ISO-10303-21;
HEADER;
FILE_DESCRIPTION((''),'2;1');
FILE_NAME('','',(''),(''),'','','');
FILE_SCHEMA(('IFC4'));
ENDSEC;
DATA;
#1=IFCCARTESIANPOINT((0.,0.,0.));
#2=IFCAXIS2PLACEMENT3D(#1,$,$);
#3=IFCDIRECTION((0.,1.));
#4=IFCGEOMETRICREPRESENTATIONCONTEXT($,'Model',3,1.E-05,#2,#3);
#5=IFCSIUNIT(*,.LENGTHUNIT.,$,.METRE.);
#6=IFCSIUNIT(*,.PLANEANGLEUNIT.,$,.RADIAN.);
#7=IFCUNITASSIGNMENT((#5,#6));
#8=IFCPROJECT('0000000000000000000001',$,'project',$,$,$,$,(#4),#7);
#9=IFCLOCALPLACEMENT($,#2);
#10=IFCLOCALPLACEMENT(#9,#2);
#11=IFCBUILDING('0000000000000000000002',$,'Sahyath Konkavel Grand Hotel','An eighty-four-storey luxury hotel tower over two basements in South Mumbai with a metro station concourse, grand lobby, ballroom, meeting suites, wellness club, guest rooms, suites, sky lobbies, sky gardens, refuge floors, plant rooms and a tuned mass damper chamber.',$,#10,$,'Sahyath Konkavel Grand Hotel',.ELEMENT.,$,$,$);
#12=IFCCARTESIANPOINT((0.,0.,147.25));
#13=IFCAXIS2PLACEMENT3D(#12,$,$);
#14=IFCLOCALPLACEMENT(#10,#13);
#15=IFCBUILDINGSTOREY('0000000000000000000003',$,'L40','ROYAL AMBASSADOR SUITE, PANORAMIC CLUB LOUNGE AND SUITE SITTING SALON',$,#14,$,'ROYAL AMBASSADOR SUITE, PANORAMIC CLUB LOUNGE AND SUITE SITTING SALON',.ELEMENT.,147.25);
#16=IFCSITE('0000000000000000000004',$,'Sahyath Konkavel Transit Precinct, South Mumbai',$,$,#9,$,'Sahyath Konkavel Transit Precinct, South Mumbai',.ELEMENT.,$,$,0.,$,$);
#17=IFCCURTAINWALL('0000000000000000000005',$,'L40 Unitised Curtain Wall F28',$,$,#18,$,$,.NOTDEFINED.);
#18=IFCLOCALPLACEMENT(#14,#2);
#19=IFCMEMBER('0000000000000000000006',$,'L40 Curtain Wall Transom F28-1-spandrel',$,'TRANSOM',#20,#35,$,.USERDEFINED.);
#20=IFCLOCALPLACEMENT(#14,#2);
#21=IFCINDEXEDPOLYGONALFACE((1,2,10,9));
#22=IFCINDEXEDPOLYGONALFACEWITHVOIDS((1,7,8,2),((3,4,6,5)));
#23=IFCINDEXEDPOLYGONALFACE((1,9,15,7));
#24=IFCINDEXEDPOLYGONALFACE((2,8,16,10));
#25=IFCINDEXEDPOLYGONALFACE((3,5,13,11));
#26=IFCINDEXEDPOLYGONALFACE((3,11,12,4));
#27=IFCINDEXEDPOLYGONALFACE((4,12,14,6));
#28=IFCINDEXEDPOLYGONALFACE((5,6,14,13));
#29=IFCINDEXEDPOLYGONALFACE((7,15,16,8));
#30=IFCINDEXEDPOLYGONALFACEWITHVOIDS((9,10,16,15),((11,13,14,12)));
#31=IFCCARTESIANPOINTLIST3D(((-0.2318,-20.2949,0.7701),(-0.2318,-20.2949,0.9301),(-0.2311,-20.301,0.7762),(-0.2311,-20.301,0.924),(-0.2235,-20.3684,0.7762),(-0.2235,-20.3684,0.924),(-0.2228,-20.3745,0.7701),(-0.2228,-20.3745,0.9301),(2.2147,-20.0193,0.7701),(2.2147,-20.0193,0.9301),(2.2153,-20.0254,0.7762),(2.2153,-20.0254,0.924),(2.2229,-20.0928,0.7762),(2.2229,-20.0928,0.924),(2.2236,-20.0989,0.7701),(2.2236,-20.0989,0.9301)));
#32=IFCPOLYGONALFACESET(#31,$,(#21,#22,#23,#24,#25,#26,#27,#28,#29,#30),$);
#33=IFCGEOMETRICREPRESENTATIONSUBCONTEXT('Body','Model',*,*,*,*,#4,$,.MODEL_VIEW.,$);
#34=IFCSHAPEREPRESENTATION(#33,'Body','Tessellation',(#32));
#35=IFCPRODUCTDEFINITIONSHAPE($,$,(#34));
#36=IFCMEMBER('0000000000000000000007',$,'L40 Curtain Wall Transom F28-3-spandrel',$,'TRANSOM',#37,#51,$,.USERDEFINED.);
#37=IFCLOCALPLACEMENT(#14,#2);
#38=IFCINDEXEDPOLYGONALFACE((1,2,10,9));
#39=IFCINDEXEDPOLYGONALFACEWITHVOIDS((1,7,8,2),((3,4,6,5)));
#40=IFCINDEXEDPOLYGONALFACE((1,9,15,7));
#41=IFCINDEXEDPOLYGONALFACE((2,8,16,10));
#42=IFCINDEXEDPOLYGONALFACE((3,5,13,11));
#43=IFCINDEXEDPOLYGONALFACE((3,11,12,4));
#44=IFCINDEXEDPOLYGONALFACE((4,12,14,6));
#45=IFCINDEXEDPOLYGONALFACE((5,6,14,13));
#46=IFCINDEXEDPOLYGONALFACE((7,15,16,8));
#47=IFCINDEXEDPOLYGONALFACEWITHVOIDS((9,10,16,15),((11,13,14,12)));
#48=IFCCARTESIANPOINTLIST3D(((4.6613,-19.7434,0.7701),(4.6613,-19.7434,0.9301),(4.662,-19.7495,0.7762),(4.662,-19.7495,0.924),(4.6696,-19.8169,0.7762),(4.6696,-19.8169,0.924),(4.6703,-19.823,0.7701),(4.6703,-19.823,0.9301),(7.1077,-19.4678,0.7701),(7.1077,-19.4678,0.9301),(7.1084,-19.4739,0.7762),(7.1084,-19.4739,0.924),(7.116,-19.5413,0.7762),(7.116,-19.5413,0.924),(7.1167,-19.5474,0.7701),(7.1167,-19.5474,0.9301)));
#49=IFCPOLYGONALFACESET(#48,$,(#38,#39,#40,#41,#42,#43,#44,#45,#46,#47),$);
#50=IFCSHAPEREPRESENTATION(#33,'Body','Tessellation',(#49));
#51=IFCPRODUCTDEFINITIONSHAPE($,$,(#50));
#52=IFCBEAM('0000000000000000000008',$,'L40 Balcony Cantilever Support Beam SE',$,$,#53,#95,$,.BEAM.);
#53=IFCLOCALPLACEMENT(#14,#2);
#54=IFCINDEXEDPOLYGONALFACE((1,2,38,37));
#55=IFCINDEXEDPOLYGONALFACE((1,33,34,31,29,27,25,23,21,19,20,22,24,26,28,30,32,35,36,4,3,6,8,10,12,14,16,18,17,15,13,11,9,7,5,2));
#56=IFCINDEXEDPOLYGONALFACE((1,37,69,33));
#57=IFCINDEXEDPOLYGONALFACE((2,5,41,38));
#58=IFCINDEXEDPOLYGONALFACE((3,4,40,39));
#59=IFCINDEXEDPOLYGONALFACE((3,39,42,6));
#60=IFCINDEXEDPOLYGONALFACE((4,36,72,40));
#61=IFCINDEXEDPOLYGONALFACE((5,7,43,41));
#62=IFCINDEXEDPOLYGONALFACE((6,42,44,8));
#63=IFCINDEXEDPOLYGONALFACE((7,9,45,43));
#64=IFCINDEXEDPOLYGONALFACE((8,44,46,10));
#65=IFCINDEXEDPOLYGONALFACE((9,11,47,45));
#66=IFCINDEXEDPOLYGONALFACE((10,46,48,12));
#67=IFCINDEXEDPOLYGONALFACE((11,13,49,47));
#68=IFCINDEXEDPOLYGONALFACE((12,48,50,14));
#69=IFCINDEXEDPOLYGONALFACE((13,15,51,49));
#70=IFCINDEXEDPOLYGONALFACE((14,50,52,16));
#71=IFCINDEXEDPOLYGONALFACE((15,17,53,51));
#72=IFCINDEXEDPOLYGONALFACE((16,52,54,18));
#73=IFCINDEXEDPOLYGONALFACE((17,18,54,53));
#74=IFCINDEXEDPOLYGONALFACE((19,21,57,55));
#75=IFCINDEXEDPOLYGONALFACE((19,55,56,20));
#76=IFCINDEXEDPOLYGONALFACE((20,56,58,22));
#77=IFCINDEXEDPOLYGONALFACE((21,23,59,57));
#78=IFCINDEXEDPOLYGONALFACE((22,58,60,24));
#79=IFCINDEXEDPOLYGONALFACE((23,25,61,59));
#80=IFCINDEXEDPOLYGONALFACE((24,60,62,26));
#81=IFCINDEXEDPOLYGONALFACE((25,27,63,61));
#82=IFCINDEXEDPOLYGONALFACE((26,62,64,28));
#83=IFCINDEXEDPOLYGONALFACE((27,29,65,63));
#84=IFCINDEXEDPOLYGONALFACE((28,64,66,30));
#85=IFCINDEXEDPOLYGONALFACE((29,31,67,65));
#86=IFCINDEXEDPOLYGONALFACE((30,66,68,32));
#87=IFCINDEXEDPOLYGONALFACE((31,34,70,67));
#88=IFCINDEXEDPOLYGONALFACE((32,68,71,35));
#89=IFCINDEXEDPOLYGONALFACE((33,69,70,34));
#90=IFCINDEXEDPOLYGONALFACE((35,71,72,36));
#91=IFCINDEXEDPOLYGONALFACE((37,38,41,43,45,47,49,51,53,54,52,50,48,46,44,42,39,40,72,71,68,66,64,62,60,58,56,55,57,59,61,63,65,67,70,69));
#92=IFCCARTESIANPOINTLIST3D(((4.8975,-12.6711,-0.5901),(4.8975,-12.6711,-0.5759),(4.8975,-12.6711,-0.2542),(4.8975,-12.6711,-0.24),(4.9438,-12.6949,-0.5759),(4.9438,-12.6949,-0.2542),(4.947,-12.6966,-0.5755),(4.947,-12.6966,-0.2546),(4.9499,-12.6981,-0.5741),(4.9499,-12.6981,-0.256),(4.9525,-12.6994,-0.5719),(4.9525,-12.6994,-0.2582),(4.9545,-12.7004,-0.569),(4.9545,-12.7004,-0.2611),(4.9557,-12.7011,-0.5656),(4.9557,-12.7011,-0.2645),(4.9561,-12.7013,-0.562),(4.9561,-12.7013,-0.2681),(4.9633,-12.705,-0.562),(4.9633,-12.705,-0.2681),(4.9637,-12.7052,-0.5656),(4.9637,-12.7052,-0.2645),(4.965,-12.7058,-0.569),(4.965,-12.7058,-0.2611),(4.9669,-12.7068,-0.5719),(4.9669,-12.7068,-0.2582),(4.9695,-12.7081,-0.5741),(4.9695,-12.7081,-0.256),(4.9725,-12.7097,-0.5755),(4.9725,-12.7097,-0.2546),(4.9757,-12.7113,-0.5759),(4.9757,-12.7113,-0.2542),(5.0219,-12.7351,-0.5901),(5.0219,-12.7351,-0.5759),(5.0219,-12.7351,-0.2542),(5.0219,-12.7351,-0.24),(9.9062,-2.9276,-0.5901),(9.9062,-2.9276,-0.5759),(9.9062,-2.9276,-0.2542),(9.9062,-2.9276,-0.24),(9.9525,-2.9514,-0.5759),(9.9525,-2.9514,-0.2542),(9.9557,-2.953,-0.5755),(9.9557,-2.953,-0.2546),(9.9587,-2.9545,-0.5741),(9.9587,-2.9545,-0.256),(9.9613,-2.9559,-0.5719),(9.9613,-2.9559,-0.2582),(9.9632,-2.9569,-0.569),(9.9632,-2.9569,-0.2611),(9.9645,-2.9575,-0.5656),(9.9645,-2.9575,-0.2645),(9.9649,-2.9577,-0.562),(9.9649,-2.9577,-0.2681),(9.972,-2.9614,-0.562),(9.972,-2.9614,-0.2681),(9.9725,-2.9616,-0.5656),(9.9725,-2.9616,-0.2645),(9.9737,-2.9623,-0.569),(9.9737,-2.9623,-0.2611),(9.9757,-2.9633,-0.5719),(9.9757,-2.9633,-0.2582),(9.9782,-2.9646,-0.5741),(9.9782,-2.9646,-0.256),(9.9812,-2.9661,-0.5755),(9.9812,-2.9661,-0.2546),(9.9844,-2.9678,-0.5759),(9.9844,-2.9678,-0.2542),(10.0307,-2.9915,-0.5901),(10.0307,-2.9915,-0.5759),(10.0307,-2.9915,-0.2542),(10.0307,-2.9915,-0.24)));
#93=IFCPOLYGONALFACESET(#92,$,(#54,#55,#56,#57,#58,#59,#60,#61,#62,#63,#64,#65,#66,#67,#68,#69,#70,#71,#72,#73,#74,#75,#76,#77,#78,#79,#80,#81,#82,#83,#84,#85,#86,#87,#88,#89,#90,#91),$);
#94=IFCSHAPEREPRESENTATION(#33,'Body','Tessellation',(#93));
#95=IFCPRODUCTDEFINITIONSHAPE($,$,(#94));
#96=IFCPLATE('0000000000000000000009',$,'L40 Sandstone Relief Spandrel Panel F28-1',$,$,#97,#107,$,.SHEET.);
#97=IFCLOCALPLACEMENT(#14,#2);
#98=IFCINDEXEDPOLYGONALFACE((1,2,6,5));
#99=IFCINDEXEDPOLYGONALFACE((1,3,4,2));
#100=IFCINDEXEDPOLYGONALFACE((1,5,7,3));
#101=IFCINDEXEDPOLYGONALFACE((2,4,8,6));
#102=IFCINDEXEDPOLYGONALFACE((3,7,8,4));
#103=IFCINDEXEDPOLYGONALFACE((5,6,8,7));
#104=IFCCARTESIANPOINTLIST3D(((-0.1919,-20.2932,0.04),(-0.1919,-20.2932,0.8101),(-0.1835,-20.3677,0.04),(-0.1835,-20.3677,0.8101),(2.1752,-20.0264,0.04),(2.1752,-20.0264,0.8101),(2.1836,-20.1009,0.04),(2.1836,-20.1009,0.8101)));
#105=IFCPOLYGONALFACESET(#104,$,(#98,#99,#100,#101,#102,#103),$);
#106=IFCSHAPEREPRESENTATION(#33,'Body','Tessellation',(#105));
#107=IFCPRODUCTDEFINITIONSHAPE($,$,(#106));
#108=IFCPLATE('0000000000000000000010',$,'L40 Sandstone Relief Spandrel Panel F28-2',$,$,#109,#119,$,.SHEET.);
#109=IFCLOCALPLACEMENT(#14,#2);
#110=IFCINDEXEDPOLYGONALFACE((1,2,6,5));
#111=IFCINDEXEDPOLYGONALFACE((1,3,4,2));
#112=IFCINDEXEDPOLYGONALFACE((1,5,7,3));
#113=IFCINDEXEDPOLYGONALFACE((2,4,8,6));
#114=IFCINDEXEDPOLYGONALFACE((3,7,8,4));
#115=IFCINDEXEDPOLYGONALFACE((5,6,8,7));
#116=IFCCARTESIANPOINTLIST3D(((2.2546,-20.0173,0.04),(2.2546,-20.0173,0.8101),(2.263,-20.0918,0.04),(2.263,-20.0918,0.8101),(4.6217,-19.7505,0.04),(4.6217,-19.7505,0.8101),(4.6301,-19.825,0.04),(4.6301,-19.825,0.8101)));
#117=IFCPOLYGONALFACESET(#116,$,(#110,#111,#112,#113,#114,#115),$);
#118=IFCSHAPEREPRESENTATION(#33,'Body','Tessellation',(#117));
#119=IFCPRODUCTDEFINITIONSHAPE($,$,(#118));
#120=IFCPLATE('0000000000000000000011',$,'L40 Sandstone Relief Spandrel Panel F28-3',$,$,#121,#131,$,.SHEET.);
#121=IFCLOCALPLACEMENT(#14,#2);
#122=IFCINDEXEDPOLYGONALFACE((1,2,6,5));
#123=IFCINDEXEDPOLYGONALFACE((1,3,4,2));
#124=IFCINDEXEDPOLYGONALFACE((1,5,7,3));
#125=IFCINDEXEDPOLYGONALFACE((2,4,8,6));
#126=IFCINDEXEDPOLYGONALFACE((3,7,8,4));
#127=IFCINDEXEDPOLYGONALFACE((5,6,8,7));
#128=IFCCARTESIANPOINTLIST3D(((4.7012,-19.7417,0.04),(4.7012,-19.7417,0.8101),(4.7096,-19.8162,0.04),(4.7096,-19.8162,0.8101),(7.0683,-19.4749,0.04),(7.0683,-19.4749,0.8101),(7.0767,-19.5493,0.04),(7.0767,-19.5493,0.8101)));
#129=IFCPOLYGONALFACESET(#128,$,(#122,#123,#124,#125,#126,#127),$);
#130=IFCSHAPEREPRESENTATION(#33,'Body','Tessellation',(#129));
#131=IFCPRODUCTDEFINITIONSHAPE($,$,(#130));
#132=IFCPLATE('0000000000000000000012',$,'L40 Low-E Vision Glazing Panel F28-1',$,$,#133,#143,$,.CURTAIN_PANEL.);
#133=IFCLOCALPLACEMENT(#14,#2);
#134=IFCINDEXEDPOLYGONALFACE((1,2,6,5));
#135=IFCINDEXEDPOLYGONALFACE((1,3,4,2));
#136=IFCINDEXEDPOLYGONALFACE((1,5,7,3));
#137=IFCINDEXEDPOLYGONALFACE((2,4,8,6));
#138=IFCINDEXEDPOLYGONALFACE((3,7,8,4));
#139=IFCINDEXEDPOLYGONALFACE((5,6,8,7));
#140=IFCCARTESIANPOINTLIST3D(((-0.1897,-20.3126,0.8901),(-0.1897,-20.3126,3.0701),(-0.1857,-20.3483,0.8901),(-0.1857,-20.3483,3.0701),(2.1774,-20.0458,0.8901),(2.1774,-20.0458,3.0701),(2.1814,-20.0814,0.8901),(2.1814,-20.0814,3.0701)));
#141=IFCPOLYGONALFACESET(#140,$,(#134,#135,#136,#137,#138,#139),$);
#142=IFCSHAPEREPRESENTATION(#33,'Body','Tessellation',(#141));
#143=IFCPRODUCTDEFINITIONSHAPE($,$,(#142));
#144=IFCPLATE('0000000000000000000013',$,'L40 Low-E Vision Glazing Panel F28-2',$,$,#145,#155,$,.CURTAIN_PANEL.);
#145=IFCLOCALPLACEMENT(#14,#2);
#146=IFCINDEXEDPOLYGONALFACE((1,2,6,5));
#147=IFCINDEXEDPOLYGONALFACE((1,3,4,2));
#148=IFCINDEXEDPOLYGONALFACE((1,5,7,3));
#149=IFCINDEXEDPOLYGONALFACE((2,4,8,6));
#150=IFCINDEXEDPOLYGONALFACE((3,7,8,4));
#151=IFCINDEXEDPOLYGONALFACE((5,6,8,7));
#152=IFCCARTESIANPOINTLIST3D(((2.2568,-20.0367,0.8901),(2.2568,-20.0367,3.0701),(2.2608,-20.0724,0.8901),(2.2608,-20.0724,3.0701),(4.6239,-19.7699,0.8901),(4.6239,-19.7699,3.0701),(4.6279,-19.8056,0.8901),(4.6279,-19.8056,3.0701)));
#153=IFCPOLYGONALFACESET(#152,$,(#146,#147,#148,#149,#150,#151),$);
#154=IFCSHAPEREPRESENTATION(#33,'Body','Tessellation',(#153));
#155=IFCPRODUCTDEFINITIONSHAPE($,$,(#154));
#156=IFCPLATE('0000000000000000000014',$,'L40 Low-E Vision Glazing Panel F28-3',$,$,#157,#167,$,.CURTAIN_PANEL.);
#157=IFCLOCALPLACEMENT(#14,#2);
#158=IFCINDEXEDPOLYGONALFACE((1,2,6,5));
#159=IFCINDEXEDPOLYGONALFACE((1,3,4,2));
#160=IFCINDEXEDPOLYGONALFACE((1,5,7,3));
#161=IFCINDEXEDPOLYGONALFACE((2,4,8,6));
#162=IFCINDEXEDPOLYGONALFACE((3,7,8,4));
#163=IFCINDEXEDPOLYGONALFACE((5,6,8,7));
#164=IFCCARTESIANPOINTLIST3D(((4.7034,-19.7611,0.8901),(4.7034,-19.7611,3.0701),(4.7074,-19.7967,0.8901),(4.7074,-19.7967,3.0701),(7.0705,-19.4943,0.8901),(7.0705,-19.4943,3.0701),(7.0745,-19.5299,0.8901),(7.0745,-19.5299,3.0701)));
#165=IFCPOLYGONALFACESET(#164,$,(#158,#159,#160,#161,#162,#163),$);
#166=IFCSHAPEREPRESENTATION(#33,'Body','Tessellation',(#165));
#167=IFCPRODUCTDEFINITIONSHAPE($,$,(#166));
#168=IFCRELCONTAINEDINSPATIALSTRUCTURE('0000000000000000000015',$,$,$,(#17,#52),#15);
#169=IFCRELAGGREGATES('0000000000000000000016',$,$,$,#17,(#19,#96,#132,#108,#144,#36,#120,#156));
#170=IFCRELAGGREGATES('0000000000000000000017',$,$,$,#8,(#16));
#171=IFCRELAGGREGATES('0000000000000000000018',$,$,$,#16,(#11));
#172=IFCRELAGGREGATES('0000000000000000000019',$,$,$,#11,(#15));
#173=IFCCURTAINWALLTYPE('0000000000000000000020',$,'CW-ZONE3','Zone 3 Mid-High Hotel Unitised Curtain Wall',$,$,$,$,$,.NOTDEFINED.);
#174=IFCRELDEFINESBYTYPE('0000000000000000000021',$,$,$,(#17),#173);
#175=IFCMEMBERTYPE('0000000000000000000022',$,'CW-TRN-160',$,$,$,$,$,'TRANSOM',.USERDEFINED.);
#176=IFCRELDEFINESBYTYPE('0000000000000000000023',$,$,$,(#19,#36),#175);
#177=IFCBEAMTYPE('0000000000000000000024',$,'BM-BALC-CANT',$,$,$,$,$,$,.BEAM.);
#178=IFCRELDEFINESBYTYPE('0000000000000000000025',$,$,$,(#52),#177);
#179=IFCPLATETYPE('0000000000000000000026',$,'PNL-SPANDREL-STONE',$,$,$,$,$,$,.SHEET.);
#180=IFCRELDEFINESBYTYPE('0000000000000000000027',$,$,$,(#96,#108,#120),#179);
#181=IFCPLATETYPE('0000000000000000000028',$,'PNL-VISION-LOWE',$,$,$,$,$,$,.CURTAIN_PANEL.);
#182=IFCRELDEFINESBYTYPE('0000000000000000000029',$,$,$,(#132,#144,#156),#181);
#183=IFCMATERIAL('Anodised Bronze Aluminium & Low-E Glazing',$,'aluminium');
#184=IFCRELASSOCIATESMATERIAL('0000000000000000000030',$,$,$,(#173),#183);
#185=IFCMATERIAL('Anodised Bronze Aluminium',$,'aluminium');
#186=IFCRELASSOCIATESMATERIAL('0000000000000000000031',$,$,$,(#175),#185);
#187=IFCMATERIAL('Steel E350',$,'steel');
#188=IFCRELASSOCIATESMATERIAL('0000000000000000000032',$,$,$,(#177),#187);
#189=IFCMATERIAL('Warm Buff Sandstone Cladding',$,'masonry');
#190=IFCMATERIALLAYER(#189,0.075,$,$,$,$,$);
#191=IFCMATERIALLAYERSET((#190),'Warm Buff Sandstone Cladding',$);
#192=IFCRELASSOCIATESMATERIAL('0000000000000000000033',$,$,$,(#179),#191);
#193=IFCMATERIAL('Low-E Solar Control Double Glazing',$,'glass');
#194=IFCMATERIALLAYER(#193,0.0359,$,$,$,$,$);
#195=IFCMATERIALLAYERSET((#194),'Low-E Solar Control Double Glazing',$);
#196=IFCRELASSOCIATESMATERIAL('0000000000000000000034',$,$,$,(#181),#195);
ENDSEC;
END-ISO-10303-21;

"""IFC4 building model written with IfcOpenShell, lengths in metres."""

from ifc_helpers import new_model, si_unit, direction, frame, origin, origin_2d, place, context, subcontext, project, spatial, rectangle, hollow_rectangle, i_section, extrude, source, transform, mapped, material, layer, layer_set, material_profile, profile_set, type_object, element, aggregate, save


model = new_model("IFC4")

# Units and contexts
model_context = context("Model", 3, precision=1e-05, world=origin(), true_north=direction((0.0, 1.0)))
body_context = subcontext(model_context, "Body", "Model", "MODEL_VIEW")
ifc_project = project(units=[si_unit("LENGTHUNIT", "METRE"), si_unit("PLANEANGLEUNIT", "RADIAN")], contexts=[model_context])

# Site, building, storey
site_placement = place(None, origin())
site = spatial("IfcSite", under=ifc_project, at=site_placement, Name="Sahyath Konkavel Transit Precinct, South Mumbai", LongName="Sahyath Konkavel Transit Precinct, South Mumbai", CompositionType="ELEMENT", RefElevation=0.0)
building_placement = place(site_placement, origin())
building = spatial("IfcBuilding", under=site, at=building_placement, Name="Sahyath Konkavel Grand Hotel", Description="An eighty-four-storey luxury hotel tower over two basements in South Mumbai with a metro station concourse, grand lobby, ballroom, meeting suites, wellness club, guest rooms, suites, sky lobbies, sky gardens, refuge floors, plant rooms and a tuned mass damper chamber.", LongName="Sahyath Konkavel Grand Hotel", CompositionType="ELEMENT")
storey_placement = place(building_placement, frame((0.0, 0.0, 147.25)))
storey = spatial("IfcBuildingStorey", under=building, at=storey_placement, Name="L40", Description="ROYAL AMBASSADOR SUITE, PANORAMIC CLUB LOUNGE AND SUITE SITTING SALON", LongName="ROYAL AMBASSADOR SUITE, PANORAMIC CLUB LOUNGE AND SUITE SITTING SALON", CompositionType="ELEMENT", Elevation=147.25)

# Shared definitions
ifc_material_1 = material(Name="Steel E350", Category="steel")

# Curtain wall, members
ifc_material_2 = material(Name="Anodised Bronze Aluminium & Low-E Glazing", Category="aluminium")
curtain_wall_type = type_object("IfcCurtainWallType", Name="CW-ZONE3", Description="Zone 3 Mid-High Hotel Unitised Curtain Wall", PredefinedType="NOTDEFINED", material=ifc_material_2)
curtain_wall_placement = place(storey_placement, origin())
curtain_wall = element("IfcCurtainWall", 1, at=curtain_wall_placement, inside=storey, type_object=curtain_wall_type, Name="L40 Unitised Curtain Wall F28", PredefinedType="NOTDEFINED")
ifc_material_3 = material(Name="Anodised Bronze Aluminium", Category="aluminium")
ifc_material_profile_1 = material_profile(ifc_material_3, hollow_rectangle(XDim=0.0801, YDim=0.1599, WallThickness=0.0061, at=origin_2d()), Name="RHS 160x80x6")
ifc_profile_set_1 = profile_set([ifc_material_profile_1], Name="Anodised Bronze Aluminium")
member_type_1 = type_object("IfcMemberType", Name="CW-TRN-160", ElementType="TRANSOM", PredefinedType="USERDEFINED", material=ifc_profile_set_1)
shared_shape_1 = source(origin(), body_context, "Body", "SweptSolid", [
    extrude(hollow_rectangle(XDim=0.0801, YDim=0.1599, WallThickness=0.0061, at=origin_2d()), origin(), (0.0, 0.0, 1.0), 2.4619),
])
member_1_placement = place(storey_placement, frame((-0.2273, -20.3347, 0.8501), z_axis=(0.993713, 0.111955, 0.0), x_axis=(-0.111955, 0.993713, 0.0)))
member_1 = element("IfcMember", 2, at=member_1_placement, type_object=member_type_1, Name="L40 Curtain Wall Transom F28-1-spandrel", ObjectType="TRANSOM", PredefinedType="USERDEFINED", context=body_context, shape_type="MappedRepresentation", body=[
    mapped(shared_shape_1, transform((0.0, 0.0, 0.0), scale=1.0)),
])
member_2_placement = place(storey_placement, frame((4.6658, -19.7832, 0.8501), z_axis=(0.993713, 0.111955, 0.0), x_axis=(-0.111955, 0.993713, 0.0)))
member_2 = element("IfcMember", 3, at=member_2_placement, type_object=member_type_1, Name="L40 Curtain Wall Transom F28-3-spandrel", ObjectType="TRANSOM", PredefinedType="USERDEFINED", context=body_context, shape_type="MappedRepresentation", body=[
    mapped(shared_shape_1, transform((0.0, 0.0, 0.0), scale=1.0)),
])

# Beam
ifc_material_profile_2 = material_profile(ifc_material_1, i_section(OverallWidth=0.1399, OverallDepth=0.3501, WebThickness=0.0081, FlangeThickness=0.0142, FilletRadius=0.0139, at=origin_2d()), Name="ISMB 350")
ifc_profile_set_2 = profile_set([ifc_material_profile_2], Name="Steel E350")
beam_type_1 = type_object("IfcBeamType", Name="BM-BALC-CANT", PredefinedType="BEAM", material=ifc_profile_set_2)
shared_shape_2 = source(origin(), body_context, "Body", "SweptSolid", [
    extrude(i_section(OverallWidth=0.1399, OverallDepth=0.3501, WebThickness=0.0081, FlangeThickness=0.0142, FilletRadius=0.0139, at=origin_2d()), origin(), (0.0, 0.0, 1.0), 10.9556),
])
beam_1_placement = place(storey_placement, frame((4.9597, -12.7031, -0.415), z_axis=(0.457187, 0.889371, 0.0), x_axis=(-0.889371, 0.457187, 0.0)))
element("IfcBeam", 4, at=beam_1_placement, inside=storey, type_object=beam_type_1, Name="L40 Balcony Cantilever Support Beam SE", PredefinedType="BEAM", context=body_context, shape_type="MappedRepresentation", body=[
    mapped(shared_shape_2, transform((0.0, 0.0, 0.0), scale=1.0)),
])

# Plates
ifc_material_4 = material(Name="Warm Buff Sandstone Cladding", Category="masonry")
ifc_layer_1 = layer(ifc_material_4, 0.075)
ifc_layer_set_1 = layer_set([ifc_layer_1], Name="Warm Buff Sandstone Cladding")
plate_type_1 = type_object("IfcPlateType", Name="PNL-SPANDREL-STONE", PredefinedType="SHEET", material=ifc_layer_set_1)
shared_shape_3 = source(origin(), body_context, "Body", "SweptSolid", [
    extrude(rectangle(XDim=2.3821, YDim=0.075, at=origin_2d()), origin(), (0.0, 0.0, 1.0), 0.77),
])
plate_1_placement = place(storey_placement, frame((0.9958, -20.197, 0.04), z_axis=(0.0, 0.0, 1.0), x_axis=(0.993707, 0.112007, 0.0)))
plate_1 = element("IfcPlate", 5, at=plate_1_placement, type_object=plate_type_1, Name="L40 Sandstone Relief Spandrel Panel F28-1", PredefinedType="SHEET", context=body_context, shape_type="MappedRepresentation", body=[
    mapped(shared_shape_3, transform((0.0, 0.0, 0.0), scale=1.0)),
])
plate_2_placement = place(storey_placement, frame((3.4424, -19.9211, 0.04), z_axis=(0.0, 0.0, 1.0), x_axis=(0.993707, 0.112007, 0.0)))
plate_2 = element("IfcPlate", 6, at=plate_2_placement, type_object=plate_type_1, Name="L40 Sandstone Relief Spandrel Panel F28-2", PredefinedType="SHEET", context=body_context, shape_type="MappedRepresentation", body=[
    mapped(shared_shape_3, transform((0.0, 0.0, 0.0), scale=1.0)),
])
plate_3_placement = place(storey_placement, frame((5.8889, -19.6455, 0.04), z_axis=(0.0, 0.0, 1.0), x_axis=(0.993707, 0.112007, 0.0)))
plate_3 = element("IfcPlate", 7, at=plate_3_placement, type_object=plate_type_1, Name="L40 Sandstone Relief Spandrel Panel F28-3", PredefinedType="SHEET", context=body_context, shape_type="MappedRepresentation", body=[
    mapped(shared_shape_3, transform((0.0, 0.0, 0.0), scale=1.0)),
])
ifc_material_5 = material(Name="Low-E Solar Control Double Glazing", Category="glass")
ifc_layer_2 = layer(ifc_material_5, 0.0359)
ifc_layer_set_2 = layer_set([ifc_layer_2], Name="Low-E Solar Control Double Glazing")
plate_type_2 = type_object("IfcPlateType", Name="PNL-VISION-LOWE", PredefinedType="CURTAIN_PANEL", material=ifc_layer_set_2)
shared_shape_4 = source(origin(), body_context, "Body", "SweptSolid", [
    extrude(rectangle(XDim=2.3821, YDim=0.0359, at=origin_2d()), origin(), (0.0, 0.0, 1.0), 2.1799),
])
plate_4_placement = place(storey_placement, frame((0.9958, -20.197, 0.8901), z_axis=(0.0, 0.0, 1.0), x_axis=(0.993707, 0.112007, 0.0)))
plate_4 = element("IfcPlate", 8, at=plate_4_placement, type_object=plate_type_2, Name="L40 Low-E Vision Glazing Panel F28-1", PredefinedType="CURTAIN_PANEL", context=body_context, shape_type="MappedRepresentation", body=[
    mapped(shared_shape_4, transform((0.0, 0.0, 0.0), scale=1.0)),
])
plate_5_placement = place(storey_placement, frame((3.4424, -19.9211, 0.8901), z_axis=(0.0, 0.0, 1.0), x_axis=(0.993707, 0.112007, 0.0)))
plate_5 = element("IfcPlate", 9, at=plate_5_placement, type_object=plate_type_2, Name="L40 Low-E Vision Glazing Panel F28-2", PredefinedType="CURTAIN_PANEL", context=body_context, shape_type="MappedRepresentation", body=[
    mapped(shared_shape_4, transform((0.0, 0.0, 0.0), scale=1.0)),
])
plate_6_placement = place(storey_placement, frame((5.8889, -19.6455, 0.8901), z_axis=(0.0, 0.0, 1.0), x_axis=(0.993707, 0.112007, 0.0)))
plate_6 = element("IfcPlate", 10, at=plate_6_placement, type_object=plate_type_2, Name="L40 Low-E Vision Glazing Panel F28-3", PredefinedType="CURTAIN_PANEL", context=body_context, shape_type="MappedRepresentation", body=[
    mapped(shared_shape_4, transform((0.0, 0.0, 0.0), scale=1.0)),
])
aggregate(curtain_wall, [member_1, plate_1, plate_4, plate_2, plate_5, member_2, plate_3, plate_6])

save(model, "model.ifc")
